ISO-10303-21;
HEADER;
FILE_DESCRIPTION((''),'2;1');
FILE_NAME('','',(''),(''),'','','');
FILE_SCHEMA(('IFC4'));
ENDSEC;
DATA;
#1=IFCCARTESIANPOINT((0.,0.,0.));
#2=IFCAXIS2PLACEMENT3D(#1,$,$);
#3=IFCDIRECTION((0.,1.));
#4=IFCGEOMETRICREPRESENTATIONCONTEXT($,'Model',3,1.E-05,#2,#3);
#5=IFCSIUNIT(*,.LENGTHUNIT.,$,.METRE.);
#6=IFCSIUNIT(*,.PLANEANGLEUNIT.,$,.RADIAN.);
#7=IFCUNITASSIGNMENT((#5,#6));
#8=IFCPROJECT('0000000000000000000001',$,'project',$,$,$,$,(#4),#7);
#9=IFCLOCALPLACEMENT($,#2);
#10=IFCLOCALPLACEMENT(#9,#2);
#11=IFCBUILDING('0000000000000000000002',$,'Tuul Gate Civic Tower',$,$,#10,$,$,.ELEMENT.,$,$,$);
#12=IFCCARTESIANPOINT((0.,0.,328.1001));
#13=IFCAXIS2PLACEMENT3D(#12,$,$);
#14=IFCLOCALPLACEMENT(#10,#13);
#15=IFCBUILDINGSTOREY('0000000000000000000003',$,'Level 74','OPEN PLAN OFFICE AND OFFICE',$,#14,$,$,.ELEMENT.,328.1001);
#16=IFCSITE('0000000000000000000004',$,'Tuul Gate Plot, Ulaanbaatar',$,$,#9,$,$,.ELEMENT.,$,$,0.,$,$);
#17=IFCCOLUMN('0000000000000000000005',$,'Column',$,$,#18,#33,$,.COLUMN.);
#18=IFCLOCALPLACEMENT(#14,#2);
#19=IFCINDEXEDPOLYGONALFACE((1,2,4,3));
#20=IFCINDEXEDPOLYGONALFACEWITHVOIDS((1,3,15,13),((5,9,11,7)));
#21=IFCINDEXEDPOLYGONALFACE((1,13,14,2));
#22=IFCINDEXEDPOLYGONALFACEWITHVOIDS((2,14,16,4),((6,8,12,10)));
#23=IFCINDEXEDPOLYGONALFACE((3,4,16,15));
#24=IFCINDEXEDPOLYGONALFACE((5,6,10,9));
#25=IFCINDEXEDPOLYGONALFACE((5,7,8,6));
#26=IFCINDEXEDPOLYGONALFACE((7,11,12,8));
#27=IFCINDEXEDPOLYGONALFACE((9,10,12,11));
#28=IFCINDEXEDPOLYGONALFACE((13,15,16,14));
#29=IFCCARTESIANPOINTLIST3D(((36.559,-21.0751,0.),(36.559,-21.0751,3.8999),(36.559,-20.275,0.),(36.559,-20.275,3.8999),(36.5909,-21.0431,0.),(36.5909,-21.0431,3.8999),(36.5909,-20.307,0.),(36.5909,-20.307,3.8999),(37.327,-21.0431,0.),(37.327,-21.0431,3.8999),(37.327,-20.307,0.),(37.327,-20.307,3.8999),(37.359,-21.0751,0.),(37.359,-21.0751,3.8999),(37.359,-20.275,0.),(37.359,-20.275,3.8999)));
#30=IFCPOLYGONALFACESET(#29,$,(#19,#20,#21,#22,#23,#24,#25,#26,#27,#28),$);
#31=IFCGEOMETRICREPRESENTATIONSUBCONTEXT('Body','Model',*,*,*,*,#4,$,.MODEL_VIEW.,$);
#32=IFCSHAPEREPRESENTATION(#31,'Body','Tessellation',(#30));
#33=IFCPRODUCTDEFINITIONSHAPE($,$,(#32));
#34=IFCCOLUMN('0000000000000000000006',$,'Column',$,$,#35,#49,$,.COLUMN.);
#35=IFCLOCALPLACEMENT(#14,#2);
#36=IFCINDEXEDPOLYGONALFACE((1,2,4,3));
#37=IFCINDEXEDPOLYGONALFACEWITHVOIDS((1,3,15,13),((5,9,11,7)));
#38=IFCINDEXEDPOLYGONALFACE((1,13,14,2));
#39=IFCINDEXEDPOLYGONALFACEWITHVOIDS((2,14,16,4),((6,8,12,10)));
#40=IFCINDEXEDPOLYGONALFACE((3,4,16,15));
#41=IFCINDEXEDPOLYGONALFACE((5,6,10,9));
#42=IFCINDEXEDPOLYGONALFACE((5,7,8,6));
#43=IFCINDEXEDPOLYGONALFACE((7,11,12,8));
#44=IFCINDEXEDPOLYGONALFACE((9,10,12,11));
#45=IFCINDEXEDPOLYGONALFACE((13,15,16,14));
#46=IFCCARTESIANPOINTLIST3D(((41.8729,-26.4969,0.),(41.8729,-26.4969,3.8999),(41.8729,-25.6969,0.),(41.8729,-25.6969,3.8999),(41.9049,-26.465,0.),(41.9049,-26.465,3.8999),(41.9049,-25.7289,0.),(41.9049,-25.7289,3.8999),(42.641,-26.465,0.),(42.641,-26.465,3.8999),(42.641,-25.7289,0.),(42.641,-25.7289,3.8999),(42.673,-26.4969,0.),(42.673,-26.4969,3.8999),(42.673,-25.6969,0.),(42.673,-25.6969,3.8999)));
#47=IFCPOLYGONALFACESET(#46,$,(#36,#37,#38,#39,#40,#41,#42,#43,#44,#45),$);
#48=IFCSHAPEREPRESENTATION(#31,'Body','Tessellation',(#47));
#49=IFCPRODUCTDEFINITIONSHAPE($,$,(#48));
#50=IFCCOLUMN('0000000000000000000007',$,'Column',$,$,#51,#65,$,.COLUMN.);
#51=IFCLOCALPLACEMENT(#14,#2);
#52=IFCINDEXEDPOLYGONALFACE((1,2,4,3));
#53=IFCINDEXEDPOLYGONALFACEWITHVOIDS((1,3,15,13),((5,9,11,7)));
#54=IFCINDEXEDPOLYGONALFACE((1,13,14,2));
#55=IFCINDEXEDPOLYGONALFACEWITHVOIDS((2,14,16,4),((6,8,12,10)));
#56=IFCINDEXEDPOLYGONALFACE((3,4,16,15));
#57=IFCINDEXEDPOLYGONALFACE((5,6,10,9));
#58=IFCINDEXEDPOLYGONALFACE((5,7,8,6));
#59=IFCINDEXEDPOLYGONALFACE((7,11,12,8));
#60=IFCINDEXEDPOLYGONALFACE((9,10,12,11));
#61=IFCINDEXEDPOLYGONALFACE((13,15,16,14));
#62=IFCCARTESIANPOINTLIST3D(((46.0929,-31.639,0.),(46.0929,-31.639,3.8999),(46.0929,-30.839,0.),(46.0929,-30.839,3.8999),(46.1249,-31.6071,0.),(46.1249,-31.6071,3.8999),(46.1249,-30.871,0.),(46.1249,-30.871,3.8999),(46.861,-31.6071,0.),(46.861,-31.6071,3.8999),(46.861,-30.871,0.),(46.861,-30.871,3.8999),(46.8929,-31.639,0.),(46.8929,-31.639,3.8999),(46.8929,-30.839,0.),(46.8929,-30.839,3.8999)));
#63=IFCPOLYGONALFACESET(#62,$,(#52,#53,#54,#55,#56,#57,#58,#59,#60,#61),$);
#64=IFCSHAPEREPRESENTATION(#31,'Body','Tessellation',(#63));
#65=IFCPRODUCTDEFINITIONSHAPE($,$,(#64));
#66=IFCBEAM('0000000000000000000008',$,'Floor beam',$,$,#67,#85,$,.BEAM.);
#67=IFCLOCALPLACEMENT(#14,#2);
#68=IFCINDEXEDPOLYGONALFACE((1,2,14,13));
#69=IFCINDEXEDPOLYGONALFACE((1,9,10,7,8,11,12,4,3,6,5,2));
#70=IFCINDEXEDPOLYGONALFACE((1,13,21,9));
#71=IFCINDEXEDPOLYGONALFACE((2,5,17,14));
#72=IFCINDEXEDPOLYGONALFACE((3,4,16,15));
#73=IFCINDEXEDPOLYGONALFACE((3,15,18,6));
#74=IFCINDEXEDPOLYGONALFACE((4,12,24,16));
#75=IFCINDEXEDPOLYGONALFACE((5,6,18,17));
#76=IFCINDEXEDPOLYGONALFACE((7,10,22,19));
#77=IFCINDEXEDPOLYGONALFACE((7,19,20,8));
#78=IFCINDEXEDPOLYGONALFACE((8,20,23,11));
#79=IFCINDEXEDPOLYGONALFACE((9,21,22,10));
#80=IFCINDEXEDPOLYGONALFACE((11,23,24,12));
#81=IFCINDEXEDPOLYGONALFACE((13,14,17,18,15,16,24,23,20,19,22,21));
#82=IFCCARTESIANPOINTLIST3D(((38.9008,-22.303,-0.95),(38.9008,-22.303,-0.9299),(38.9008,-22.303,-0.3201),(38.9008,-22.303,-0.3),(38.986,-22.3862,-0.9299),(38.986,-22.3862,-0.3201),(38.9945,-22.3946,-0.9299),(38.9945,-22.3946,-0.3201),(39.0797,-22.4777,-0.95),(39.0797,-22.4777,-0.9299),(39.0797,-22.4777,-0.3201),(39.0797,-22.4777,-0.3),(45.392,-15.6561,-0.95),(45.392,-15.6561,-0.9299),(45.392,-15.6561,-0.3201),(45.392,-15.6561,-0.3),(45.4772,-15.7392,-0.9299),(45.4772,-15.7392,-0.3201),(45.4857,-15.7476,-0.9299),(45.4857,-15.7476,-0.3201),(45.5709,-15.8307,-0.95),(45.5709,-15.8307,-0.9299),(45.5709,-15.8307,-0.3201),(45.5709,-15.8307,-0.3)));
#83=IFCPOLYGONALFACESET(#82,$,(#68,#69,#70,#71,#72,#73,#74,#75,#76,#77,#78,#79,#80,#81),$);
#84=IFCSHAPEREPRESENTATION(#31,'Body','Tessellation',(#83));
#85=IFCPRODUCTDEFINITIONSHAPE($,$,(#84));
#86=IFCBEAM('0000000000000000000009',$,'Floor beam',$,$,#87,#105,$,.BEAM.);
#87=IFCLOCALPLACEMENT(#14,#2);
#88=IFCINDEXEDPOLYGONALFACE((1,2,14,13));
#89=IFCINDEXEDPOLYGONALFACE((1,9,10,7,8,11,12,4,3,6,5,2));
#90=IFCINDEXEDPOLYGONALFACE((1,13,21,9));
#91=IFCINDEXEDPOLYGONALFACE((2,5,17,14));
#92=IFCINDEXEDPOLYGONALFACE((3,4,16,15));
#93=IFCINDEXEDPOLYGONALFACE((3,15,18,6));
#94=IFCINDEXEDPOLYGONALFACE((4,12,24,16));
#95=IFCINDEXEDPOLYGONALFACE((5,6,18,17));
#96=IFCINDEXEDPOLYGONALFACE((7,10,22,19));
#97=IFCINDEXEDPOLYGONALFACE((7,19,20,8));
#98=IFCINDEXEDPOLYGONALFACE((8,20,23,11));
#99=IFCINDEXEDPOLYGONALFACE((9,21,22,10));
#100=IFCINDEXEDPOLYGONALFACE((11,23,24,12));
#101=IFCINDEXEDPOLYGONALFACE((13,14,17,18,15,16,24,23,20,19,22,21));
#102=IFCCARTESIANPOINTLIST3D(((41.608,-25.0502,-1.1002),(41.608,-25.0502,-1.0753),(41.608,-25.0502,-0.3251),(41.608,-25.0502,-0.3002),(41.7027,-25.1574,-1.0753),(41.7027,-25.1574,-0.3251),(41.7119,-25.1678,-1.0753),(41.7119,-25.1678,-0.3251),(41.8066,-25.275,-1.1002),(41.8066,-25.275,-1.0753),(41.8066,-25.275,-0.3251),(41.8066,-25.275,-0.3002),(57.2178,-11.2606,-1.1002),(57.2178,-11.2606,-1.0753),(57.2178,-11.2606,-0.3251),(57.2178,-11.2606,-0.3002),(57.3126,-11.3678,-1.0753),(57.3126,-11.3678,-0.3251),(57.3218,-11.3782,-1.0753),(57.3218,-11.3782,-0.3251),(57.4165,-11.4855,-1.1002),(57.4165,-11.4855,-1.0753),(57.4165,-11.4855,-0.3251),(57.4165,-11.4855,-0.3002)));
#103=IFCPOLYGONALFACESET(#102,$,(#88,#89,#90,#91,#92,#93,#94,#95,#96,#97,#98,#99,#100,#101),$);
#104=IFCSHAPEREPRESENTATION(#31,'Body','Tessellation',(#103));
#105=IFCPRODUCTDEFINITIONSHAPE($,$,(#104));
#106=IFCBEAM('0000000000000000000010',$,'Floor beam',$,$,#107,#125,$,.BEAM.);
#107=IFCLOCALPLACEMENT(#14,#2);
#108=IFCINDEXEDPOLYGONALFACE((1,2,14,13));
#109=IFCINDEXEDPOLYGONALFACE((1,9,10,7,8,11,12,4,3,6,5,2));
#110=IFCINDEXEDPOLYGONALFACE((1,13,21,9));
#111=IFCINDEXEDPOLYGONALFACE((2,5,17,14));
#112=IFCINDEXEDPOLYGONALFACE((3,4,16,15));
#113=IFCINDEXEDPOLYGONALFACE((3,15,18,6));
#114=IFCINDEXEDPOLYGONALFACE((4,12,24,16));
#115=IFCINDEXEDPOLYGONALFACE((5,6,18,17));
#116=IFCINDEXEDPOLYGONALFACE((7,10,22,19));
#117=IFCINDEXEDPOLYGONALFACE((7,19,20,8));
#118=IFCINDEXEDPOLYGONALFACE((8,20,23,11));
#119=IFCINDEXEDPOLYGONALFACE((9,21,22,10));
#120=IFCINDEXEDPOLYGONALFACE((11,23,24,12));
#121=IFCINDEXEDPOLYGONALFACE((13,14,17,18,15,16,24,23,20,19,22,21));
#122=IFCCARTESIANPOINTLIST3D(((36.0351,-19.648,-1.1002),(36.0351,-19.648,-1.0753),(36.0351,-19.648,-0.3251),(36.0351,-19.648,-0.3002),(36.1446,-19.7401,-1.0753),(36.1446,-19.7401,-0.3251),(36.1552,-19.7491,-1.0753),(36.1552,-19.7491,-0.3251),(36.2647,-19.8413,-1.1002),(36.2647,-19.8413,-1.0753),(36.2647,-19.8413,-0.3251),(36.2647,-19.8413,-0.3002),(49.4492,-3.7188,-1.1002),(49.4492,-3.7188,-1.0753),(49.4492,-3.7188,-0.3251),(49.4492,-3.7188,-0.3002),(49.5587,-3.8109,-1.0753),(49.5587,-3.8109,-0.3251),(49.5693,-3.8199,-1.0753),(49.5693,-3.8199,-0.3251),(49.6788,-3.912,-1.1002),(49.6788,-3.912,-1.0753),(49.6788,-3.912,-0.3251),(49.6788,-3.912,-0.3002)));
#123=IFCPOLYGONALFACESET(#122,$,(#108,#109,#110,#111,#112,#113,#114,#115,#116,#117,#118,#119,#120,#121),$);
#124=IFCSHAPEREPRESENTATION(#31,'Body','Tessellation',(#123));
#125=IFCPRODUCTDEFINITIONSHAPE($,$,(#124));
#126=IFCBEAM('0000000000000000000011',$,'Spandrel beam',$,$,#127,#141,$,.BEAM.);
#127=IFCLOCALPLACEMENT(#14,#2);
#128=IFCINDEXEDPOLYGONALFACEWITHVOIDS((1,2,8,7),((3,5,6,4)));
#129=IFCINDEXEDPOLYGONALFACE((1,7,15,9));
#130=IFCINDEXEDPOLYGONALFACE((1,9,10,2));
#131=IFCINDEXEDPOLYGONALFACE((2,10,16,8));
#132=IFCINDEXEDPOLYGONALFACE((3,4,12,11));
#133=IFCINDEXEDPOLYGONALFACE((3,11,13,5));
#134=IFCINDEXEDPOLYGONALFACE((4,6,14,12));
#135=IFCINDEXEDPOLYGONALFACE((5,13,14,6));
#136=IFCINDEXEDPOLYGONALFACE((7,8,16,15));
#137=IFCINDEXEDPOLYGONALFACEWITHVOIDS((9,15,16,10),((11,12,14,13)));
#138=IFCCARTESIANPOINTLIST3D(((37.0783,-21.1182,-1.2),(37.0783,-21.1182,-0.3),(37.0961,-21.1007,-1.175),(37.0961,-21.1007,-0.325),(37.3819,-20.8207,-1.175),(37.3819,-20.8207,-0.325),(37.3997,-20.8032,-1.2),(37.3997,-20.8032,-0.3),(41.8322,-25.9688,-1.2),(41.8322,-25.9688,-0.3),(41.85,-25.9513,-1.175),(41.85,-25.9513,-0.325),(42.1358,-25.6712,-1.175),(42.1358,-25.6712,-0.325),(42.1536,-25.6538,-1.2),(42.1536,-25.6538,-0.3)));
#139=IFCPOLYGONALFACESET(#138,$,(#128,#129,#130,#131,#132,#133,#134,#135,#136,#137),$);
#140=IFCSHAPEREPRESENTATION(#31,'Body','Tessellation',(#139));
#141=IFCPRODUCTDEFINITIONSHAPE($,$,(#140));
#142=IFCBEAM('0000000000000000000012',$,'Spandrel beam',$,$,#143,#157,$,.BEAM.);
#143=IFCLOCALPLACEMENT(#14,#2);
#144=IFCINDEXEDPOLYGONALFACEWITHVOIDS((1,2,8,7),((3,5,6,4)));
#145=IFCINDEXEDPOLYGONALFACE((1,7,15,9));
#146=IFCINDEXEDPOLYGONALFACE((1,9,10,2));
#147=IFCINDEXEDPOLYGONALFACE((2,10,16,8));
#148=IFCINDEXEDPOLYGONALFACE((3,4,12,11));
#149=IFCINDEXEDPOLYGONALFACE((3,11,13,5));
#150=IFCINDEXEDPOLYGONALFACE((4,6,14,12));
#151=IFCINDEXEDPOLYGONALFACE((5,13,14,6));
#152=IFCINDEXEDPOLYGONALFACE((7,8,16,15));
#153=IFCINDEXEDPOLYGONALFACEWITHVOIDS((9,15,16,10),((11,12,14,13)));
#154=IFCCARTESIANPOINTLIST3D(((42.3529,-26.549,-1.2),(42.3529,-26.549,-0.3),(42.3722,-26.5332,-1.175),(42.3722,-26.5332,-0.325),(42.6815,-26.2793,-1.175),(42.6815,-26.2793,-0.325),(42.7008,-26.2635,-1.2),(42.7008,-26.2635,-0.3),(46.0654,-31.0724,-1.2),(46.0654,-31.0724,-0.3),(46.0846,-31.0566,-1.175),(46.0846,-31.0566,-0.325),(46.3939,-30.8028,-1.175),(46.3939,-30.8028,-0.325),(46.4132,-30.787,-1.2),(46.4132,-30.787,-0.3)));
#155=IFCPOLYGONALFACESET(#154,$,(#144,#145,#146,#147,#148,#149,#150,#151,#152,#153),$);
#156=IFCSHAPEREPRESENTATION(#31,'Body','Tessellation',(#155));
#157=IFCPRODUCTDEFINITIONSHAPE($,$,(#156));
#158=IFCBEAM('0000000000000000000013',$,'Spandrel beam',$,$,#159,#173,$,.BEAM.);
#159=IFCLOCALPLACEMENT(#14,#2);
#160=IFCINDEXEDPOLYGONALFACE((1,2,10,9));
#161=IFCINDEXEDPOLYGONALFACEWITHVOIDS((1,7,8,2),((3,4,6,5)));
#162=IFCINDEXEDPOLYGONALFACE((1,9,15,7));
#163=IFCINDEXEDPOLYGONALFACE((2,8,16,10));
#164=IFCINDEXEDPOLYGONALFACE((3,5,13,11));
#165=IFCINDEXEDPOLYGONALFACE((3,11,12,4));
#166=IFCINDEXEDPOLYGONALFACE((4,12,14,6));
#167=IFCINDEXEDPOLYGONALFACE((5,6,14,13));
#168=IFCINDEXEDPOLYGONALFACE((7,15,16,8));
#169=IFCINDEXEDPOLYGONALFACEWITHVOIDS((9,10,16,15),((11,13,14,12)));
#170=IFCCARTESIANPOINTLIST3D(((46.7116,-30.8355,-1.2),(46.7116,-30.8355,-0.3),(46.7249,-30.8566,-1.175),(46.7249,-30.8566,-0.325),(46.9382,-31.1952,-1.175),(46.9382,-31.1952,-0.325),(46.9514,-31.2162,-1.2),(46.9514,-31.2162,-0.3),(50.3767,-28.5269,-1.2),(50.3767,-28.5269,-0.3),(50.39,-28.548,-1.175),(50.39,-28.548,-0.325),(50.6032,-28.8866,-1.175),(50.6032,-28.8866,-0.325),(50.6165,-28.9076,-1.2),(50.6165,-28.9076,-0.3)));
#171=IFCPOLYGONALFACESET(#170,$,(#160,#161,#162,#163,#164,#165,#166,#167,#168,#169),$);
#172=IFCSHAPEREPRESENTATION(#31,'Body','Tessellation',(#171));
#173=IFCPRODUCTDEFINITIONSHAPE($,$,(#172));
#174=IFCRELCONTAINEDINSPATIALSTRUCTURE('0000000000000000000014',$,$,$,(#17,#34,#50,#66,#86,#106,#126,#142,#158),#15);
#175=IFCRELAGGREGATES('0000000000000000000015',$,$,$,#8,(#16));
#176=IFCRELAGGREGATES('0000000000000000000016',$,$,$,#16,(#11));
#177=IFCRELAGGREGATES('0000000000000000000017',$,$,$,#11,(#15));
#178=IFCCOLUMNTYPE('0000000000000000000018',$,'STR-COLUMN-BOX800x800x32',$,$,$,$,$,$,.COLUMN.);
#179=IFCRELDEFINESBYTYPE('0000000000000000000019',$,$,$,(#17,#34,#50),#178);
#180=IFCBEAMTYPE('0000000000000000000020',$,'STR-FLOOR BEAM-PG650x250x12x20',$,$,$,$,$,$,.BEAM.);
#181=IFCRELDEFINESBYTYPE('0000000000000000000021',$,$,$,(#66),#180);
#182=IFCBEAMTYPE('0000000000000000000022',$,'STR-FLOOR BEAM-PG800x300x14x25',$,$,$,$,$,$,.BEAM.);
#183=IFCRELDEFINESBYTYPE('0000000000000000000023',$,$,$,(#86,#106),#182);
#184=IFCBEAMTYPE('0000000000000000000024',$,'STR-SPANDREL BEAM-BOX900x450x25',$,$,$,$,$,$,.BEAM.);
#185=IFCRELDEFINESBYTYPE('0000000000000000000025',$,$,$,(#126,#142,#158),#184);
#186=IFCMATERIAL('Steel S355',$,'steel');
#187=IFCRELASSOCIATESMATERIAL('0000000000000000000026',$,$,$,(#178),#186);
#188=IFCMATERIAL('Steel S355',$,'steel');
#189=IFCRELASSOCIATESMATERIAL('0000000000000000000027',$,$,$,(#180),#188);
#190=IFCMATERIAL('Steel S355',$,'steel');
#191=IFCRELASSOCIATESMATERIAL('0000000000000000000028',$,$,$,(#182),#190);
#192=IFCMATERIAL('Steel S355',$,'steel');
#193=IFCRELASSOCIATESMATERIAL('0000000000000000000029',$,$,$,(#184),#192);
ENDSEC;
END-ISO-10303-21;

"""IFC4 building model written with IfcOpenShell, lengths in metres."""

from ifc_helpers import new_model, si_unit, direction, frame, origin, origin_2d, place, context, subcontext, project, spatial, hollow_rectangle, i_section, extrude, material, material_profile, profile_set, type_object, element, save


model = new_model("IFC4")

# Units and contexts
model_context = context("Model", 3, precision=1e-05, world=origin(), true_north=direction((0.0, 1.0)))
body_context = subcontext(model_context, "Body", "Model", "MODEL_VIEW")
ifc_project = project(units=[si_unit("LENGTHUNIT", "METRE"), si_unit("PLANEANGLEUNIT", "RADIAN")], contexts=[model_context])

# Site, building, storey
site_placement = place(None, origin())
site = spatial("IfcSite", under=ifc_project, at=site_placement, Name="Tuul Gate Plot, Ulaanbaatar", CompositionType="ELEMENT", RefElevation=0.0)
building_placement = place(site_placement, origin())
building = spatial("IfcBuilding", under=site, at=building_placement, Name="Tuul Gate Civic Tower", CompositionType="ELEMENT")
storey_placement = place(building_placement, frame((0.0, 0.0, 328.1001)))
storey = spatial("IfcBuildingStorey", under=building, at=storey_placement, Name="Level 74", Description="OPEN PLAN OFFICE AND OFFICE", CompositionType="ELEMENT", Elevation=328.1001)

# Columns
ifc_material_1 = material(Name="Steel S355", Category="steel")
ifc_material_profile_1 = material_profile(ifc_material_1, hollow_rectangle(XDim=0.8, YDim=0.8, WallThickness=0.032, at=origin_2d()), Name="BOX800x800x32")
ifc_profile_set_1 = profile_set([ifc_material_profile_1], Name="Steel S355")
column_type = type_object("IfcColumnType", Name="STR-COLUMN-BOX800x800x32", PredefinedType="COLUMN", material=ifc_profile_set_1)
for number, where, z_axis, x_axis, name in (
    (1, (36.959, -20.675, 0.0), (0.0, 0.0, 1.0), (1.0, 0.0, 0.0), "Column"),
    (2, (42.2729, -26.0969, 0.0), (0.0, 0.0, 1.0), (1.0, 0.0, 0.0), "Column"),
    (3, (46.4929, -31.239, 0.0), (0.0, 0.0, 1.0), (1.0, 0.0, 0.0), "Column"),
):
    element("IfcColumn", number, at=place(storey_placement, frame(where, z_axis=z_axis, x_axis=x_axis)), inside=storey, type_object=column_type, Name=name, PredefinedType="COLUMN", context=body_context, shape_type="SweptSolid", body=[
        extrude(hollow_rectangle(XDim=0.8, YDim=0.8, WallThickness=0.032, at=origin_2d()), origin(), (0.0, 0.0, 1.0), 3.8999),
    ])

# Beams
ifc_material_2 = material(Name="Steel S355", Category="steel")
ifc_material_profile_2 = material_profile(ifc_material_2, i_section(OverallWidth=0.25, OverallDepth=0.6499, WebThickness=0.012, FlangeThickness=0.02, at=origin_2d()), Name="PG650x250x12x20")
ifc_profile_set_2 = profile_set([ifc_material_profile_2], Name="Steel S355")
beam_type_1 = type_object("IfcBeamType", Name="STR-FLOOR BEAM-PG650x250x12x20", PredefinedType="BEAM", material=ifc_profile_set_2)
beam_1_placement = place(storey_placement, frame((38.9902, -22.3904, -0.625), z_axis=(0.698674, 0.71544, 0.0), x_axis=(-0.71544, 0.698674, 0.0)))
element("IfcBeam", 4, at=beam_1_placement, inside=storey, type_object=beam_type_1, Name="Floor beam", PredefinedType="BEAM", context=body_context, shape_type="SweptSolid", body=[
    extrude(i_section(OverallWidth=0.25, OverallDepth=0.6499, WebThickness=0.012, FlangeThickness=0.02, at=origin_2d()), origin(), (0.0, 0.0, 1.0), 9.2908),
])
ifc_material_3 = material(Name="Steel S355", Category="steel")
ifc_material_profile_3 = material_profile(ifc_material_3, i_section(OverallWidth=0.3, OverallDepth=0.8, WebThickness=0.0139, FlangeThickness=0.0249, at=origin_2d()), Name="PG800x300x14x25")
ifc_profile_set_3 = profile_set([ifc_material_profile_3], Name="Steel S355")
beam_type_2 = type_object("IfcBeamType", Name="STR-FLOOR BEAM-PG800x300x14x25", PredefinedType="BEAM", material=ifc_profile_set_3)
beam_2_placement = place(storey_placement, frame((41.7073, -25.1626, -0.7002), z_axis=(0.749453, 0.662057, 0.0), x_axis=(-0.662057, 0.749453, 0.0)))
element("IfcBeam", 5, at=beam_2_placement, inside=storey, type_object=beam_type_2, Name="Floor beam", PredefinedType="BEAM", context=body_context, shape_type="SweptSolid", body=[
    extrude(i_section(OverallWidth=0.3, OverallDepth=0.8, WebThickness=0.0139, FlangeThickness=0.0249, at=origin_2d()), origin(), (0.0, 0.0, 1.0), 20.8284),
])
beam_3_placement = place(storey_placement, frame((36.1499, -19.7446, -0.7002), z_axis=(0.644136, 0.764911, 0.0), x_axis=(-0.764911, 0.644136, 0.0)))
element("IfcBeam", 6, at=beam_3_placement, inside=storey, type_object=beam_type_2, Name="Floor beam", PredefinedType="BEAM", context=body_context, shape_type="SweptSolid", body=[
    extrude(i_section(OverallWidth=0.3, OverallDepth=0.8, WebThickness=0.0139, FlangeThickness=0.0249, at=origin_2d()), origin(), (0.0, 0.0, 1.0), 20.825),
])
ifc_material_4 = material(Name="Steel S355", Category="steel")
ifc_material_profile_4 = material_profile(ifc_material_4, hollow_rectangle(XDim=0.45, YDim=0.8999, WallThickness=0.0249, at=origin_2d()), Name="BOX900x450x25")
ifc_profile_set_4 = profile_set([ifc_material_profile_4], Name="Steel S355")
beam_type_3 = type_object("IfcBeamType", Name="STR-SPANDREL BEAM-BOX900x450x25", PredefinedType="BEAM", material=ifc_profile_set_4)
beam_4_placement = place(storey_placement, frame((37.239, -20.9607, -0.75), z_axis=(0.699954, -0.714188, 0.0), x_axis=(0.714188, 0.699954, 0.0)))
element("IfcBeam", 7, at=beam_4_placement, inside=storey, type_object=beam_type_3, Name="Spandrel beam", PredefinedType="BEAM", context=body_context, shape_type="SweptSolid", body=[
    extrude(hollow_rectangle(XDim=0.45, YDim=0.8999, WallThickness=0.0249, at=origin_2d()), origin(), (0.0, 0.0, 1.0), 6.7917),
])
beam_5_placement = place(storey_placement, frame((42.5269, -26.4062, -0.75), z_axis=(0.634405, -0.773001, 0.0), x_axis=(0.773001, 0.634405, 0.0)))
element("IfcBeam", 8, at=beam_5_placement, inside=storey, type_object=beam_type_3, Name="Spandrel beam", PredefinedType="BEAM", context=body_context, shape_type="SweptSolid", body=[
    extrude(hollow_rectangle(XDim=0.45, YDim=0.8999, WallThickness=0.0249, at=origin_2d()), origin(), (0.0, 0.0, 1.0), 5.8518),
])
beam_6_placement = place(storey_placement, frame((46.8315, -31.0259, -0.75), z_axis=(0.846131, 0.532975, 0.0), x_axis=(-0.532975, 0.846131, 0.0)))
element("IfcBeam", 9, at=beam_6_placement, inside=storey, type_object=beam_type_3, Name="Spandrel beam", PredefinedType="BEAM", context=body_context, shape_type="SweptSolid", body=[
    extrude(hollow_rectangle(XDim=0.45, YDim=0.8999, WallThickness=0.0249, at=origin_2d()), origin(), (0.0, 0.0, 1.0), 4.3315),
])

save(model, "model.ifc")
